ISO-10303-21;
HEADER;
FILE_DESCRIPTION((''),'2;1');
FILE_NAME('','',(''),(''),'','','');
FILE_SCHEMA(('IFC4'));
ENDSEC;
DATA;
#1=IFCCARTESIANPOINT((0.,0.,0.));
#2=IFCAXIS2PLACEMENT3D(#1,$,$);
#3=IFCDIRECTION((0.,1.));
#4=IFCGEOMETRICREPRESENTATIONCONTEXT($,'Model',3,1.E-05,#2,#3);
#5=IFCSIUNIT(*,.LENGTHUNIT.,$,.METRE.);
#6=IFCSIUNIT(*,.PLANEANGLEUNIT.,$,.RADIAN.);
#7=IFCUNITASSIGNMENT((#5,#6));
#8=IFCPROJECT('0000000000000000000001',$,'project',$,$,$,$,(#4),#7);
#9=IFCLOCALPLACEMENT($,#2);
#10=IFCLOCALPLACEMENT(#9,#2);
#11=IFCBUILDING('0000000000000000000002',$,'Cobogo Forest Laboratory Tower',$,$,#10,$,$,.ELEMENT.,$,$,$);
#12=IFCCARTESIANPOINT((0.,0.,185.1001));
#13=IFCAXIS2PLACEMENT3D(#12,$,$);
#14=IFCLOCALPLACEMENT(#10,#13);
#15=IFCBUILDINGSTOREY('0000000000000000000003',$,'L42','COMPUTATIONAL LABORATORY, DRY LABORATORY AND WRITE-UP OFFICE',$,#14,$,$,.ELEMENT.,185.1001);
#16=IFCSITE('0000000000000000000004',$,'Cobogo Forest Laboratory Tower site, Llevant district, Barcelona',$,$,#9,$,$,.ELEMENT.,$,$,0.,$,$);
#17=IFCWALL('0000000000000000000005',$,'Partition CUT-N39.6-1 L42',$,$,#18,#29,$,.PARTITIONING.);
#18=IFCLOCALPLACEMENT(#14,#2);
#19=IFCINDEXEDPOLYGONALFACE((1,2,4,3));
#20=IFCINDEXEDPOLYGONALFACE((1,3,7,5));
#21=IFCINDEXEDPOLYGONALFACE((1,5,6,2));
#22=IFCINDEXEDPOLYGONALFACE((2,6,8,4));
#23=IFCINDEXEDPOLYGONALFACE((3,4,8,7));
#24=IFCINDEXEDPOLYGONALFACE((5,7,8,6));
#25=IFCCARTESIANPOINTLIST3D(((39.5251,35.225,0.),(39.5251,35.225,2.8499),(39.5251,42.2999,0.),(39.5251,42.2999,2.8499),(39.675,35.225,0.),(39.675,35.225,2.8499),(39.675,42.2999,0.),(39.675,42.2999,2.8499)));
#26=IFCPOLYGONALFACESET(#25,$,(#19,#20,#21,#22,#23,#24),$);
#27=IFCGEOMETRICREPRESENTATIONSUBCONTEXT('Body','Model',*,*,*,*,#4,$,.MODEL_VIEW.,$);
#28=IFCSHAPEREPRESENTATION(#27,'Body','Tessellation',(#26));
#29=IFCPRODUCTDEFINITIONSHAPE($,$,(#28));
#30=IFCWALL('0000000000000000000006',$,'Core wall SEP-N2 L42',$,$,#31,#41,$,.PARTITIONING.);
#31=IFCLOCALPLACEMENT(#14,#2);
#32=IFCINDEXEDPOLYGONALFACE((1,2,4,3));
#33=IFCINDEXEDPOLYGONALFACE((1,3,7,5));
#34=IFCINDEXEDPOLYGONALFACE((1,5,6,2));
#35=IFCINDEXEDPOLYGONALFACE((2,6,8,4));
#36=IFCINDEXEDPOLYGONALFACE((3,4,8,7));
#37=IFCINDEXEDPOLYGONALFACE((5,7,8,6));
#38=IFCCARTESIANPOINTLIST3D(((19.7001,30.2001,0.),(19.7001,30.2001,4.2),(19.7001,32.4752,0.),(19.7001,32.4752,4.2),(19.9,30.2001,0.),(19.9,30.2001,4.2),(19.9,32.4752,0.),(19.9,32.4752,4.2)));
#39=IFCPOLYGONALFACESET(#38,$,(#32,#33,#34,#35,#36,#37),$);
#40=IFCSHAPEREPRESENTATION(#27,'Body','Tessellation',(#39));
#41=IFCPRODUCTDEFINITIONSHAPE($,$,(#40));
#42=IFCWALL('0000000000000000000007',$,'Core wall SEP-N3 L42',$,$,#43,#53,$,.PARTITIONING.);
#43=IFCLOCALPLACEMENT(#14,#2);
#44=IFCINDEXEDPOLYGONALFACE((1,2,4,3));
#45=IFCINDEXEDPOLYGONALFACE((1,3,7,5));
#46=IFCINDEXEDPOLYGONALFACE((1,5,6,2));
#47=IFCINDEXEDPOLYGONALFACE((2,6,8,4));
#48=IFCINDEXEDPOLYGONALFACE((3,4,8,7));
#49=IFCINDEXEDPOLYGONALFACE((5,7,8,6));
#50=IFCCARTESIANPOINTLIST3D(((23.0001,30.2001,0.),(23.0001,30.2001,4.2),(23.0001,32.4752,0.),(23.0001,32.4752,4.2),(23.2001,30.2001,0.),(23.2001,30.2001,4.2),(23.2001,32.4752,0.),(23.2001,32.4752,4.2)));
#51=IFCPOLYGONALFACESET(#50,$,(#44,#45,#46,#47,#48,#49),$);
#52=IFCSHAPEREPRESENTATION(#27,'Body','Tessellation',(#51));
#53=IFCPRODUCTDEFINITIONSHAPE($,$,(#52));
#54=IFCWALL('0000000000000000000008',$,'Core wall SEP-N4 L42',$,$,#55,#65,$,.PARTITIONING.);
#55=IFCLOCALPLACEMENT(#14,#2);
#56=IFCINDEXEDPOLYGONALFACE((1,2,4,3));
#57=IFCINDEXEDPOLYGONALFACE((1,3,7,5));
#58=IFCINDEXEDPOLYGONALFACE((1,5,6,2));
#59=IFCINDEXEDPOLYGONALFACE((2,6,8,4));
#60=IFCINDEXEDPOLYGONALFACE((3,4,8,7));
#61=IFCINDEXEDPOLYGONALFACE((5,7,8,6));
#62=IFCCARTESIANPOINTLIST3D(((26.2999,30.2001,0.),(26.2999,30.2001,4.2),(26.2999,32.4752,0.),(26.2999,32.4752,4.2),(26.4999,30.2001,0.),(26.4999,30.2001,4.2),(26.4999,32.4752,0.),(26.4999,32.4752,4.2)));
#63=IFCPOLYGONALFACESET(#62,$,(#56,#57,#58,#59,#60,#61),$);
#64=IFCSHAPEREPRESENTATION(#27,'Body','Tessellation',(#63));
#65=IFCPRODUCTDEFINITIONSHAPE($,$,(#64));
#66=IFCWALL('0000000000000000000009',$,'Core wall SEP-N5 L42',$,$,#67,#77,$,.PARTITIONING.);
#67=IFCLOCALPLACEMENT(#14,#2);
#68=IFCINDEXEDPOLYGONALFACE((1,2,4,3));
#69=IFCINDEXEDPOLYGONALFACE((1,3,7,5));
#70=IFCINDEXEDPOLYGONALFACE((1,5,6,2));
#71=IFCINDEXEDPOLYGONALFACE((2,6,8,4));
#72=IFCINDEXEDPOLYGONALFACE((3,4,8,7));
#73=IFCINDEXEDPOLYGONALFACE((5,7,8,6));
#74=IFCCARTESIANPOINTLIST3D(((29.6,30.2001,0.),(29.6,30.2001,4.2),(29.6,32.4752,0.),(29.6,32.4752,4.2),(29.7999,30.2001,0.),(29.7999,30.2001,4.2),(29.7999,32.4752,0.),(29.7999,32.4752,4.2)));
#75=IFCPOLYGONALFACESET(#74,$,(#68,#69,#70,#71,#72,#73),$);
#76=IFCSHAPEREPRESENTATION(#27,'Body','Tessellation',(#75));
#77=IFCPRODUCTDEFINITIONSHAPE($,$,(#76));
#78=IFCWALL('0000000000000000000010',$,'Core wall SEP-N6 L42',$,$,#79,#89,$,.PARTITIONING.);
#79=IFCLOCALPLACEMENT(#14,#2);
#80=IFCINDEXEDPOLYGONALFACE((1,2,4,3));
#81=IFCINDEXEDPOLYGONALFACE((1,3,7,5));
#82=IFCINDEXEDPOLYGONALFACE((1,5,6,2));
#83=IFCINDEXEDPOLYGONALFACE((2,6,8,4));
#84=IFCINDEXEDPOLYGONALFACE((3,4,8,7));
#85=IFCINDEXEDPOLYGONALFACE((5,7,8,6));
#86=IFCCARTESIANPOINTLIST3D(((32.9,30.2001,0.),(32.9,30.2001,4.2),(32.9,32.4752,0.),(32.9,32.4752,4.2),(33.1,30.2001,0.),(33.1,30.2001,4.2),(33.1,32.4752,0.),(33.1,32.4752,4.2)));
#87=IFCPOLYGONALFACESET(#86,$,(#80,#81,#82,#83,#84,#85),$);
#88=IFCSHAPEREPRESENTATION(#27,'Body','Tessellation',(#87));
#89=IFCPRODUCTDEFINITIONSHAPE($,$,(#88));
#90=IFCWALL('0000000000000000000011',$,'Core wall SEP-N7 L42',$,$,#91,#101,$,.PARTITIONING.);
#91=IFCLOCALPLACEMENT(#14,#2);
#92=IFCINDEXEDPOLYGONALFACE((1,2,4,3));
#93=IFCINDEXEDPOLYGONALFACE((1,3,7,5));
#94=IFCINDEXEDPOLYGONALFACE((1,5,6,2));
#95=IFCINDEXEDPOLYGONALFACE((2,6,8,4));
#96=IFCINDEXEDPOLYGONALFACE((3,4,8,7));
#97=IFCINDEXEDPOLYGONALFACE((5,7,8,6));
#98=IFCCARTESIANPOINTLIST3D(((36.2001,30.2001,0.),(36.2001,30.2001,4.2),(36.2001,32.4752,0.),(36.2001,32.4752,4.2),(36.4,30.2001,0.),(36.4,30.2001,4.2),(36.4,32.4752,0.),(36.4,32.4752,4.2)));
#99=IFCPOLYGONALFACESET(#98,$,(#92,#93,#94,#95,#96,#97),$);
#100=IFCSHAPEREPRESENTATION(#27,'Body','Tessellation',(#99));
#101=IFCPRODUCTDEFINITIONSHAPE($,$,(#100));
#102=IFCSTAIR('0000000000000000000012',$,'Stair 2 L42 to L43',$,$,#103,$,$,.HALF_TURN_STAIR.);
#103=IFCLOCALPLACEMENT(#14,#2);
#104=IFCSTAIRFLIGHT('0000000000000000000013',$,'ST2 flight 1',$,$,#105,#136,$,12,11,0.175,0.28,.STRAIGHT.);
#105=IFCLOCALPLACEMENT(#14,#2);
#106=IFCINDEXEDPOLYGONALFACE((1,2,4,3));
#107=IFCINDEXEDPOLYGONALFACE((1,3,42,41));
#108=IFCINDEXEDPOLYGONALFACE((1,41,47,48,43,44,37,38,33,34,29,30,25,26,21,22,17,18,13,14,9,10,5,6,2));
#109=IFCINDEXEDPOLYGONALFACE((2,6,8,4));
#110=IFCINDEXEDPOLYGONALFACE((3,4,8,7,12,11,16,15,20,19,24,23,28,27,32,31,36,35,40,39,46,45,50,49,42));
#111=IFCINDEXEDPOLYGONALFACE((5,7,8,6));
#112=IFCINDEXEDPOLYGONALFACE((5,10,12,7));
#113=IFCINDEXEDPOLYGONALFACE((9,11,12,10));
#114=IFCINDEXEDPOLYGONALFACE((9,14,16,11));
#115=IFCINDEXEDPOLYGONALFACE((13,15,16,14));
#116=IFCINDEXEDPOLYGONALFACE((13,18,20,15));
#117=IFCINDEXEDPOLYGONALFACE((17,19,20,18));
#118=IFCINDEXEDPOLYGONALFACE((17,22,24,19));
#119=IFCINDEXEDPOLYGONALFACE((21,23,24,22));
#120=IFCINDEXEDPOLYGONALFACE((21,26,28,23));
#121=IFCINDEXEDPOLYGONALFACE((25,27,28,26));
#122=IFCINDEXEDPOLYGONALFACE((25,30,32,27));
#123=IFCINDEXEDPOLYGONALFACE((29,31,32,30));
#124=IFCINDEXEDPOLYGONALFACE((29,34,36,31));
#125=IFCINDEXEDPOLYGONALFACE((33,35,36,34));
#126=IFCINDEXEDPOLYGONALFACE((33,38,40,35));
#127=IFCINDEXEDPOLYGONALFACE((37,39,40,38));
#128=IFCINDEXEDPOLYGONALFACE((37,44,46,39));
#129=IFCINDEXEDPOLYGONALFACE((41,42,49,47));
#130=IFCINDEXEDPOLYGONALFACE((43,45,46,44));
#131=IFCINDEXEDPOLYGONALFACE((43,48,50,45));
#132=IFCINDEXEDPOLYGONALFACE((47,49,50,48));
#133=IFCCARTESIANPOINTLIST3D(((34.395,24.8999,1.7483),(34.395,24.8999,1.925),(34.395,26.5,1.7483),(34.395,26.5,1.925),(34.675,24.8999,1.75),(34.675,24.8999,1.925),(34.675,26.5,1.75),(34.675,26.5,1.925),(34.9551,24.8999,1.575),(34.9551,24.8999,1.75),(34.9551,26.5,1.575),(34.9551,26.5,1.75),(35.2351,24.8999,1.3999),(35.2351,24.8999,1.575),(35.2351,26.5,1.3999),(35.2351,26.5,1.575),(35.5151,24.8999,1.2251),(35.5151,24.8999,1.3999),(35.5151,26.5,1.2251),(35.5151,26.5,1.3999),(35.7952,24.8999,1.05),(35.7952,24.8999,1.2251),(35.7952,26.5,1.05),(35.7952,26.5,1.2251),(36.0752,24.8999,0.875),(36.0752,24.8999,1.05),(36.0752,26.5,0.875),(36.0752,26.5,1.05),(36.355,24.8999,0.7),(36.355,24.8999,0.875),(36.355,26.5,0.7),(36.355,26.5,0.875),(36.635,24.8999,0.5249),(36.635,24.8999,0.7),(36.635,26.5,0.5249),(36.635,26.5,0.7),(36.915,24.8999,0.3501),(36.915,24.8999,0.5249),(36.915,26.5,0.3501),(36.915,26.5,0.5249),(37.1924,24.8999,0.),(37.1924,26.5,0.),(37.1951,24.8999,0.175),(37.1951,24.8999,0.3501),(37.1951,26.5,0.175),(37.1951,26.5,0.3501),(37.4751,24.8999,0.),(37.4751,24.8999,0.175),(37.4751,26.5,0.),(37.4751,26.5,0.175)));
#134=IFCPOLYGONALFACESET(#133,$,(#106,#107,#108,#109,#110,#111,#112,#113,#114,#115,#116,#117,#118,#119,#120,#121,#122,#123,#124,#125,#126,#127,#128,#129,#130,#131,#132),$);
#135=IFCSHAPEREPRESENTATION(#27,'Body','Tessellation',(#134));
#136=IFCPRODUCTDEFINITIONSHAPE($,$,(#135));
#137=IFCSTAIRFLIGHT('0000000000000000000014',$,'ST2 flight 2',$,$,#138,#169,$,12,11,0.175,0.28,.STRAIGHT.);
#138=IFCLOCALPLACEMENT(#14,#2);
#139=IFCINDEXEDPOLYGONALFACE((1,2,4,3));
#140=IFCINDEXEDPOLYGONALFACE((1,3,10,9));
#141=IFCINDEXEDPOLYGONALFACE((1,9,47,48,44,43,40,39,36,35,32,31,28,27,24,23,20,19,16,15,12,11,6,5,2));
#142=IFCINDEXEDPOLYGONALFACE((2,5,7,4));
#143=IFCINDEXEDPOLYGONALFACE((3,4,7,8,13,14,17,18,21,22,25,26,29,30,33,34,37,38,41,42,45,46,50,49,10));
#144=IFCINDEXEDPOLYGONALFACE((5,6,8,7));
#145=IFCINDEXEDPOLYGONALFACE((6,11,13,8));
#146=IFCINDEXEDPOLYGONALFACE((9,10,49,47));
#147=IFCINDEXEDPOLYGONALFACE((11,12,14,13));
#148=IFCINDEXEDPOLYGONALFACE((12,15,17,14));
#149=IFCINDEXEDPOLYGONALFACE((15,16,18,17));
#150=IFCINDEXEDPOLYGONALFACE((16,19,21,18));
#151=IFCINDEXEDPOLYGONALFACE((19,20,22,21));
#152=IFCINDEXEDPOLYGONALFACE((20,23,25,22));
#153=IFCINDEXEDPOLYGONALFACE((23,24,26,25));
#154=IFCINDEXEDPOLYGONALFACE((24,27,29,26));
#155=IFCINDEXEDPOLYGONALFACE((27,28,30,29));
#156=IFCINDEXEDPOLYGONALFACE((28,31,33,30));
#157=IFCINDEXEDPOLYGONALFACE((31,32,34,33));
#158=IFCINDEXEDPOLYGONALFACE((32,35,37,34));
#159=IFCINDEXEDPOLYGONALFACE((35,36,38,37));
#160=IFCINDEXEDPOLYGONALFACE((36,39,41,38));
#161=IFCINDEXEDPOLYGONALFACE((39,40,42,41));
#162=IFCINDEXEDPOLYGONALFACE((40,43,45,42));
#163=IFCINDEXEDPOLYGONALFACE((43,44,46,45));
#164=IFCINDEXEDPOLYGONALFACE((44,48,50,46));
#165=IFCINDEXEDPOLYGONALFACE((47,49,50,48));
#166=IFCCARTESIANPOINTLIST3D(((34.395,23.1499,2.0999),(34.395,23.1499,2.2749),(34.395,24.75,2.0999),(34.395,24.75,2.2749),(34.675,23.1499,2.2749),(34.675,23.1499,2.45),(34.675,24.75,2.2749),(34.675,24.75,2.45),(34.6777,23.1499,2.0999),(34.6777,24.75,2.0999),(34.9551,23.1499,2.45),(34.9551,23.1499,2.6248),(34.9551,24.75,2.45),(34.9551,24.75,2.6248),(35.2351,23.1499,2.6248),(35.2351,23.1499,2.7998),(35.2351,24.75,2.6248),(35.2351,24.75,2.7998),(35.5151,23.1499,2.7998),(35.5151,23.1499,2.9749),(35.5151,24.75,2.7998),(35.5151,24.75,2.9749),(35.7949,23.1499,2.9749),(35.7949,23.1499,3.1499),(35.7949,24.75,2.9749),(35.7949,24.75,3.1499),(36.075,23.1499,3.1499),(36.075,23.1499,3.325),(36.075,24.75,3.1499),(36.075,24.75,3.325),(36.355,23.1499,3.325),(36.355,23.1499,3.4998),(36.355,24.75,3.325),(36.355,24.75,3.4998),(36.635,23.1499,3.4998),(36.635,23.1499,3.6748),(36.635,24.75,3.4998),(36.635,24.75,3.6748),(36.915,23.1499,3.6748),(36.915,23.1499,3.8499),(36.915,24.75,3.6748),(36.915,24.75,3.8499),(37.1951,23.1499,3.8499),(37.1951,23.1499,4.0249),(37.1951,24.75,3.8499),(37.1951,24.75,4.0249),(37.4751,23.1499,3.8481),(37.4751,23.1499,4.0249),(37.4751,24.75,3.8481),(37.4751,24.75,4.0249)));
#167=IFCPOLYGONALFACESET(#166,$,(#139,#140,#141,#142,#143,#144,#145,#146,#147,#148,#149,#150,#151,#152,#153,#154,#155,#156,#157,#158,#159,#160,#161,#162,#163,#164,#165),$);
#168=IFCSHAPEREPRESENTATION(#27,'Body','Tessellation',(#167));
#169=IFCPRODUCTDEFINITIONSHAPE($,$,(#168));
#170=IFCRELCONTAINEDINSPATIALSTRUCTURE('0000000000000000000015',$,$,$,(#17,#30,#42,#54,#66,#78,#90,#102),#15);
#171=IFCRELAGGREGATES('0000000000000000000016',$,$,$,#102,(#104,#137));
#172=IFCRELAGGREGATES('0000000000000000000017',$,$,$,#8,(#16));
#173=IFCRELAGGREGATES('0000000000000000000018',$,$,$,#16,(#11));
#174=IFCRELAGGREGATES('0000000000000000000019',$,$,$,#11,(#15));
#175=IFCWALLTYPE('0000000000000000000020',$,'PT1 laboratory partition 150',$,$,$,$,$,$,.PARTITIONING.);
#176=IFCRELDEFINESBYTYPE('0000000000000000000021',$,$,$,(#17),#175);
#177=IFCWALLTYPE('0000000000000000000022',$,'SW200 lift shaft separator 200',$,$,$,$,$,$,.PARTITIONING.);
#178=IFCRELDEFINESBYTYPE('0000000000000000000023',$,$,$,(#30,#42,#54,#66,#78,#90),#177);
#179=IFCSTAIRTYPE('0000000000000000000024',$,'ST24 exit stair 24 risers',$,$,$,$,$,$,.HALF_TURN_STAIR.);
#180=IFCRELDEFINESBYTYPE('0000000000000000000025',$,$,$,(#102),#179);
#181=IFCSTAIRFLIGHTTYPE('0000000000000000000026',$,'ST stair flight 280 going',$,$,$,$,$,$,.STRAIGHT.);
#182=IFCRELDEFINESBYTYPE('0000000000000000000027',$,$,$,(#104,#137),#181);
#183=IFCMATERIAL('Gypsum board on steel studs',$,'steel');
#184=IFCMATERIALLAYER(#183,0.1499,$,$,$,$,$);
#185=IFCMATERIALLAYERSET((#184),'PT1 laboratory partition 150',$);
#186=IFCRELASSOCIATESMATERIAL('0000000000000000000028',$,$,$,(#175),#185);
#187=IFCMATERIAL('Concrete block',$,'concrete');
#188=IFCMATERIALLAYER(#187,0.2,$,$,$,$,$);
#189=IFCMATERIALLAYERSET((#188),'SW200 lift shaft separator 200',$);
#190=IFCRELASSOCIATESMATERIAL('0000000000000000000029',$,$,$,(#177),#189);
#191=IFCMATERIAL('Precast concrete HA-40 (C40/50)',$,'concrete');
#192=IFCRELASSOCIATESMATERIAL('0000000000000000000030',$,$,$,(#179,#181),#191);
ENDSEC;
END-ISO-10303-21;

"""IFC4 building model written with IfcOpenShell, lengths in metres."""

from ifc_helpers import new_model, si_unit, direction, frame, frame_2d, origin, place, context, subcontext, project, spatial, polyline, rectangle, outline, extrude, material, layer, layer_set, type_object, element, aggregate, save


model = new_model("IFC4")

# Units and contexts
model_context = context("Model", 3, precision=1e-05, world=origin(), true_north=direction((0.0, 1.0)))
body_context = subcontext(model_context, "Body", "Model", "MODEL_VIEW")
ifc_project = project(units=[si_unit("LENGTHUNIT", "METRE"), si_unit("PLANEANGLEUNIT", "RADIAN")], contexts=[model_context])

# Site, building, storey
site_placement = place(None, origin())
site = spatial("IfcSite", under=ifc_project, at=site_placement, Name="Cobogo Forest Laboratory Tower site, Llevant district, Barcelona", CompositionType="ELEMENT", RefElevation=0.0)
building_placement = place(site_placement, origin())
building = spatial("IfcBuilding", under=site, at=building_placement, Name="Cobogo Forest Laboratory Tower", CompositionType="ELEMENT")
storey_placement = place(building_placement, frame((0.0, 0.0, 185.1001)))
storey = spatial("IfcBuildingStorey", under=building, at=storey_placement, Name="L42", Description="COMPUTATIONAL LABORATORY, DRY LABORATORY AND WRITE-UP OFFICE", CompositionType="ELEMENT", Elevation=185.1001)

# Walls
ifc_material_1 = material(Name="Gypsum board on steel studs", Category="steel")
ifc_layer_1 = layer(ifc_material_1, 0.1499)
ifc_layer_set_1 = layer_set([ifc_layer_1], Name="PT1 laboratory partition 150")
wall_type_1 = type_object("IfcWallType", Name="PT1 laboratory partition 150", PredefinedType="PARTITIONING", material=ifc_layer_set_1)
for number, where, z_axis, x_axis, name in (
    (1, (39.6001, 42.3, 0.0), (0.0, 0.0, 1.0), (0.0, -1.0, 0.0), "Partition CUT-N39.6-1 L42"),
):
    element("IfcWall", number, at=place(storey_placement, frame(where, z_axis=z_axis, x_axis=x_axis)), inside=storey, type_object=wall_type_1, Name=name, PredefinedType="PARTITIONING", context=body_context, shape_type="SweptSolid", body=[
        extrude(rectangle(XDim=7.075, YDim=0.1499, at=frame_2d((3.5376, 0.0))), origin(), (0.0, 0.0, 1.0), 2.8499),
    ])
ifc_material_2 = material(Name="Concrete block", Category="concrete")
ifc_layer_2 = layer(ifc_material_2, 0.2)
ifc_layer_set_2 = layer_set([ifc_layer_2], Name="SW200 lift shaft separator 200")
wall_type_2 = type_object("IfcWallType", Name="SW200 lift shaft separator 200", PredefinedType="PARTITIONING", material=ifc_layer_set_2)
for number, where, z_axis, x_axis, name in (
    (2, (19.8, 30.2, 0.0), (0.0, 0.0, 1.0), (0.0, 1.0, 0.0), "Core wall SEP-N2 L42"),
    (3, (23.1001, 30.2, 0.0), (0.0, 0.0, 1.0), (0.0, 1.0, 0.0), "Core wall SEP-N3 L42"),
    (4, (26.3999, 30.2, 0.0), (0.0, 0.0, 1.0), (0.0, 1.0, 0.0), "Core wall SEP-N4 L42"),
    (5, (29.7, 30.2, 0.0), (0.0, 0.0, 1.0), (0.0, 1.0, 0.0), "Core wall SEP-N5 L42"),
    (6, (33.0, 30.2, 0.0), (0.0, 0.0, 1.0), (0.0, 1.0, 0.0), "Core wall SEP-N6 L42"),
    (7, (36.3, 30.2, 0.0), (0.0, 0.0, 1.0), (0.0, 1.0, 0.0), "Core wall SEP-N7 L42"),
):
    element("IfcWall", number, at=place(storey_placement, frame(where, z_axis=z_axis, x_axis=x_axis)), inside=storey, type_object=wall_type_2, Name=name, PredefinedType="PARTITIONING", context=body_context, shape_type="SweptSolid", body=[
        extrude(rectangle(XDim=2.2751, YDim=0.2, at=frame_2d((1.1377, 0.0))), origin(), (0.0, 0.0, 1.0), 4.2),
    ])

# Stair, stair flights
ifc_material_3 = material(Name="Precast concrete HA-40 (C40/50)", Category="concrete")
stair_type = type_object("IfcStairType", Name="ST24 exit stair 24 risers", PredefinedType="HALF_TURN_STAIR", material=ifc_material_3)
stair_placement = place(storey_placement, origin())
stair = element("IfcStair", 8, at=stair_placement, inside=storey, type_object=stair_type, Name="Stair 2 L42 to L43", PredefinedType="HALF_TURN_STAIR")
stair_flight_type = type_object("IfcStairFlightType", Name="ST stair flight 280 going", PredefinedType="STRAIGHT", material=ifc_material_3)
stair_flight_1_placement = place(storey_placement, frame((37.4751, 25.7, 0.0), z_axis=(0.0, 0.0, 1.0), x_axis=(-1.0, 0.0, 0.0)))
stair_flight_1 = element("IfcStairFlight", 9, at=stair_flight_1_placement, type_object=stair_flight_type, Name="ST2 flight 1", NumberOfRisers=12, NumberOfTreads=11, PredefinedType="STRAIGHT", RiserHeight=0.175, TreadLength=0.28, context=body_context, shape_type="SweptSolid", body=[
    extrude(outline(polyline([(0.0, 0.0), (0.0, 0.175), (0.28, 0.175), (0.28, 0.3501), (0.5601, 0.3501), (0.5601, 0.5249), (0.8401, 0.5249), (0.8401, 0.7), (1.1201, 0.7), (1.1201, 0.875), (1.3999, 0.875), (1.3999, 1.05), (1.6799, 1.05), (1.6799, 1.2251), (1.96, 1.2251), (1.96, 1.3999), (2.24, 1.3999), (2.24, 1.575), (2.52, 1.575), (2.52, 1.75), (2.8, 1.75), (2.8, 1.925), (3.0801, 1.925), (3.0801, 2.1001), (3.0801, 1.7483), (0.2827, 0.0), (0.0, 0.0)])), frame((0.0, 0.8, 0.0), z_axis=(0.0, -1.0, 0.0), x_axis=(1.0, 0.0, 0.0)), (0.0, 0.0, 1.0), 1.6001),
])
stair_flight_2_placement = place(storey_placement, frame((34.395, 23.95, 2.0999), z_axis=(0.0, 0.0, 1.0), x_axis=(1.0, 0.0, 0.0)))
stair_flight_2 = element("IfcStairFlight", 10, at=stair_flight_2_placement, type_object=stair_flight_type, Name="ST2 flight 2", NumberOfRisers=12, NumberOfTreads=11, PredefinedType="STRAIGHT", RiserHeight=0.175, TreadLength=0.28, context=body_context, shape_type="SweptSolid", body=[
    extrude(outline(polyline([(0.0, 0.0), (0.0, 0.175), (0.28, 0.175), (0.28, 0.3501), (0.5601, 0.3501), (0.5601, 0.5249), (0.8401, 0.5249), (0.8401, 0.7), (1.1201, 0.7), (1.1201, 0.875), (1.3999, 0.875), (1.3999, 1.05), (1.6799, 1.05), (1.6799, 1.2251), (1.96, 1.2251), (1.96, 1.3999), (2.24, 1.3999), (2.24, 1.575), (2.52, 1.575), (2.52, 1.75), (2.8, 1.75), (2.8, 1.925), (3.0801, 1.925), (3.0801, 2.1001), (3.0801, 1.7483), (0.2827, 0.0), (0.0, 0.0)])), frame((0.0, 0.8, 0.0), z_axis=(0.0, -1.0, 0.0), x_axis=(1.0, 0.0, 0.0)), (0.0, 0.0, 1.0), 1.6001),
])
aggregate(stair, [stair_flight_1, stair_flight_2])

save(model, "model.ifc")
